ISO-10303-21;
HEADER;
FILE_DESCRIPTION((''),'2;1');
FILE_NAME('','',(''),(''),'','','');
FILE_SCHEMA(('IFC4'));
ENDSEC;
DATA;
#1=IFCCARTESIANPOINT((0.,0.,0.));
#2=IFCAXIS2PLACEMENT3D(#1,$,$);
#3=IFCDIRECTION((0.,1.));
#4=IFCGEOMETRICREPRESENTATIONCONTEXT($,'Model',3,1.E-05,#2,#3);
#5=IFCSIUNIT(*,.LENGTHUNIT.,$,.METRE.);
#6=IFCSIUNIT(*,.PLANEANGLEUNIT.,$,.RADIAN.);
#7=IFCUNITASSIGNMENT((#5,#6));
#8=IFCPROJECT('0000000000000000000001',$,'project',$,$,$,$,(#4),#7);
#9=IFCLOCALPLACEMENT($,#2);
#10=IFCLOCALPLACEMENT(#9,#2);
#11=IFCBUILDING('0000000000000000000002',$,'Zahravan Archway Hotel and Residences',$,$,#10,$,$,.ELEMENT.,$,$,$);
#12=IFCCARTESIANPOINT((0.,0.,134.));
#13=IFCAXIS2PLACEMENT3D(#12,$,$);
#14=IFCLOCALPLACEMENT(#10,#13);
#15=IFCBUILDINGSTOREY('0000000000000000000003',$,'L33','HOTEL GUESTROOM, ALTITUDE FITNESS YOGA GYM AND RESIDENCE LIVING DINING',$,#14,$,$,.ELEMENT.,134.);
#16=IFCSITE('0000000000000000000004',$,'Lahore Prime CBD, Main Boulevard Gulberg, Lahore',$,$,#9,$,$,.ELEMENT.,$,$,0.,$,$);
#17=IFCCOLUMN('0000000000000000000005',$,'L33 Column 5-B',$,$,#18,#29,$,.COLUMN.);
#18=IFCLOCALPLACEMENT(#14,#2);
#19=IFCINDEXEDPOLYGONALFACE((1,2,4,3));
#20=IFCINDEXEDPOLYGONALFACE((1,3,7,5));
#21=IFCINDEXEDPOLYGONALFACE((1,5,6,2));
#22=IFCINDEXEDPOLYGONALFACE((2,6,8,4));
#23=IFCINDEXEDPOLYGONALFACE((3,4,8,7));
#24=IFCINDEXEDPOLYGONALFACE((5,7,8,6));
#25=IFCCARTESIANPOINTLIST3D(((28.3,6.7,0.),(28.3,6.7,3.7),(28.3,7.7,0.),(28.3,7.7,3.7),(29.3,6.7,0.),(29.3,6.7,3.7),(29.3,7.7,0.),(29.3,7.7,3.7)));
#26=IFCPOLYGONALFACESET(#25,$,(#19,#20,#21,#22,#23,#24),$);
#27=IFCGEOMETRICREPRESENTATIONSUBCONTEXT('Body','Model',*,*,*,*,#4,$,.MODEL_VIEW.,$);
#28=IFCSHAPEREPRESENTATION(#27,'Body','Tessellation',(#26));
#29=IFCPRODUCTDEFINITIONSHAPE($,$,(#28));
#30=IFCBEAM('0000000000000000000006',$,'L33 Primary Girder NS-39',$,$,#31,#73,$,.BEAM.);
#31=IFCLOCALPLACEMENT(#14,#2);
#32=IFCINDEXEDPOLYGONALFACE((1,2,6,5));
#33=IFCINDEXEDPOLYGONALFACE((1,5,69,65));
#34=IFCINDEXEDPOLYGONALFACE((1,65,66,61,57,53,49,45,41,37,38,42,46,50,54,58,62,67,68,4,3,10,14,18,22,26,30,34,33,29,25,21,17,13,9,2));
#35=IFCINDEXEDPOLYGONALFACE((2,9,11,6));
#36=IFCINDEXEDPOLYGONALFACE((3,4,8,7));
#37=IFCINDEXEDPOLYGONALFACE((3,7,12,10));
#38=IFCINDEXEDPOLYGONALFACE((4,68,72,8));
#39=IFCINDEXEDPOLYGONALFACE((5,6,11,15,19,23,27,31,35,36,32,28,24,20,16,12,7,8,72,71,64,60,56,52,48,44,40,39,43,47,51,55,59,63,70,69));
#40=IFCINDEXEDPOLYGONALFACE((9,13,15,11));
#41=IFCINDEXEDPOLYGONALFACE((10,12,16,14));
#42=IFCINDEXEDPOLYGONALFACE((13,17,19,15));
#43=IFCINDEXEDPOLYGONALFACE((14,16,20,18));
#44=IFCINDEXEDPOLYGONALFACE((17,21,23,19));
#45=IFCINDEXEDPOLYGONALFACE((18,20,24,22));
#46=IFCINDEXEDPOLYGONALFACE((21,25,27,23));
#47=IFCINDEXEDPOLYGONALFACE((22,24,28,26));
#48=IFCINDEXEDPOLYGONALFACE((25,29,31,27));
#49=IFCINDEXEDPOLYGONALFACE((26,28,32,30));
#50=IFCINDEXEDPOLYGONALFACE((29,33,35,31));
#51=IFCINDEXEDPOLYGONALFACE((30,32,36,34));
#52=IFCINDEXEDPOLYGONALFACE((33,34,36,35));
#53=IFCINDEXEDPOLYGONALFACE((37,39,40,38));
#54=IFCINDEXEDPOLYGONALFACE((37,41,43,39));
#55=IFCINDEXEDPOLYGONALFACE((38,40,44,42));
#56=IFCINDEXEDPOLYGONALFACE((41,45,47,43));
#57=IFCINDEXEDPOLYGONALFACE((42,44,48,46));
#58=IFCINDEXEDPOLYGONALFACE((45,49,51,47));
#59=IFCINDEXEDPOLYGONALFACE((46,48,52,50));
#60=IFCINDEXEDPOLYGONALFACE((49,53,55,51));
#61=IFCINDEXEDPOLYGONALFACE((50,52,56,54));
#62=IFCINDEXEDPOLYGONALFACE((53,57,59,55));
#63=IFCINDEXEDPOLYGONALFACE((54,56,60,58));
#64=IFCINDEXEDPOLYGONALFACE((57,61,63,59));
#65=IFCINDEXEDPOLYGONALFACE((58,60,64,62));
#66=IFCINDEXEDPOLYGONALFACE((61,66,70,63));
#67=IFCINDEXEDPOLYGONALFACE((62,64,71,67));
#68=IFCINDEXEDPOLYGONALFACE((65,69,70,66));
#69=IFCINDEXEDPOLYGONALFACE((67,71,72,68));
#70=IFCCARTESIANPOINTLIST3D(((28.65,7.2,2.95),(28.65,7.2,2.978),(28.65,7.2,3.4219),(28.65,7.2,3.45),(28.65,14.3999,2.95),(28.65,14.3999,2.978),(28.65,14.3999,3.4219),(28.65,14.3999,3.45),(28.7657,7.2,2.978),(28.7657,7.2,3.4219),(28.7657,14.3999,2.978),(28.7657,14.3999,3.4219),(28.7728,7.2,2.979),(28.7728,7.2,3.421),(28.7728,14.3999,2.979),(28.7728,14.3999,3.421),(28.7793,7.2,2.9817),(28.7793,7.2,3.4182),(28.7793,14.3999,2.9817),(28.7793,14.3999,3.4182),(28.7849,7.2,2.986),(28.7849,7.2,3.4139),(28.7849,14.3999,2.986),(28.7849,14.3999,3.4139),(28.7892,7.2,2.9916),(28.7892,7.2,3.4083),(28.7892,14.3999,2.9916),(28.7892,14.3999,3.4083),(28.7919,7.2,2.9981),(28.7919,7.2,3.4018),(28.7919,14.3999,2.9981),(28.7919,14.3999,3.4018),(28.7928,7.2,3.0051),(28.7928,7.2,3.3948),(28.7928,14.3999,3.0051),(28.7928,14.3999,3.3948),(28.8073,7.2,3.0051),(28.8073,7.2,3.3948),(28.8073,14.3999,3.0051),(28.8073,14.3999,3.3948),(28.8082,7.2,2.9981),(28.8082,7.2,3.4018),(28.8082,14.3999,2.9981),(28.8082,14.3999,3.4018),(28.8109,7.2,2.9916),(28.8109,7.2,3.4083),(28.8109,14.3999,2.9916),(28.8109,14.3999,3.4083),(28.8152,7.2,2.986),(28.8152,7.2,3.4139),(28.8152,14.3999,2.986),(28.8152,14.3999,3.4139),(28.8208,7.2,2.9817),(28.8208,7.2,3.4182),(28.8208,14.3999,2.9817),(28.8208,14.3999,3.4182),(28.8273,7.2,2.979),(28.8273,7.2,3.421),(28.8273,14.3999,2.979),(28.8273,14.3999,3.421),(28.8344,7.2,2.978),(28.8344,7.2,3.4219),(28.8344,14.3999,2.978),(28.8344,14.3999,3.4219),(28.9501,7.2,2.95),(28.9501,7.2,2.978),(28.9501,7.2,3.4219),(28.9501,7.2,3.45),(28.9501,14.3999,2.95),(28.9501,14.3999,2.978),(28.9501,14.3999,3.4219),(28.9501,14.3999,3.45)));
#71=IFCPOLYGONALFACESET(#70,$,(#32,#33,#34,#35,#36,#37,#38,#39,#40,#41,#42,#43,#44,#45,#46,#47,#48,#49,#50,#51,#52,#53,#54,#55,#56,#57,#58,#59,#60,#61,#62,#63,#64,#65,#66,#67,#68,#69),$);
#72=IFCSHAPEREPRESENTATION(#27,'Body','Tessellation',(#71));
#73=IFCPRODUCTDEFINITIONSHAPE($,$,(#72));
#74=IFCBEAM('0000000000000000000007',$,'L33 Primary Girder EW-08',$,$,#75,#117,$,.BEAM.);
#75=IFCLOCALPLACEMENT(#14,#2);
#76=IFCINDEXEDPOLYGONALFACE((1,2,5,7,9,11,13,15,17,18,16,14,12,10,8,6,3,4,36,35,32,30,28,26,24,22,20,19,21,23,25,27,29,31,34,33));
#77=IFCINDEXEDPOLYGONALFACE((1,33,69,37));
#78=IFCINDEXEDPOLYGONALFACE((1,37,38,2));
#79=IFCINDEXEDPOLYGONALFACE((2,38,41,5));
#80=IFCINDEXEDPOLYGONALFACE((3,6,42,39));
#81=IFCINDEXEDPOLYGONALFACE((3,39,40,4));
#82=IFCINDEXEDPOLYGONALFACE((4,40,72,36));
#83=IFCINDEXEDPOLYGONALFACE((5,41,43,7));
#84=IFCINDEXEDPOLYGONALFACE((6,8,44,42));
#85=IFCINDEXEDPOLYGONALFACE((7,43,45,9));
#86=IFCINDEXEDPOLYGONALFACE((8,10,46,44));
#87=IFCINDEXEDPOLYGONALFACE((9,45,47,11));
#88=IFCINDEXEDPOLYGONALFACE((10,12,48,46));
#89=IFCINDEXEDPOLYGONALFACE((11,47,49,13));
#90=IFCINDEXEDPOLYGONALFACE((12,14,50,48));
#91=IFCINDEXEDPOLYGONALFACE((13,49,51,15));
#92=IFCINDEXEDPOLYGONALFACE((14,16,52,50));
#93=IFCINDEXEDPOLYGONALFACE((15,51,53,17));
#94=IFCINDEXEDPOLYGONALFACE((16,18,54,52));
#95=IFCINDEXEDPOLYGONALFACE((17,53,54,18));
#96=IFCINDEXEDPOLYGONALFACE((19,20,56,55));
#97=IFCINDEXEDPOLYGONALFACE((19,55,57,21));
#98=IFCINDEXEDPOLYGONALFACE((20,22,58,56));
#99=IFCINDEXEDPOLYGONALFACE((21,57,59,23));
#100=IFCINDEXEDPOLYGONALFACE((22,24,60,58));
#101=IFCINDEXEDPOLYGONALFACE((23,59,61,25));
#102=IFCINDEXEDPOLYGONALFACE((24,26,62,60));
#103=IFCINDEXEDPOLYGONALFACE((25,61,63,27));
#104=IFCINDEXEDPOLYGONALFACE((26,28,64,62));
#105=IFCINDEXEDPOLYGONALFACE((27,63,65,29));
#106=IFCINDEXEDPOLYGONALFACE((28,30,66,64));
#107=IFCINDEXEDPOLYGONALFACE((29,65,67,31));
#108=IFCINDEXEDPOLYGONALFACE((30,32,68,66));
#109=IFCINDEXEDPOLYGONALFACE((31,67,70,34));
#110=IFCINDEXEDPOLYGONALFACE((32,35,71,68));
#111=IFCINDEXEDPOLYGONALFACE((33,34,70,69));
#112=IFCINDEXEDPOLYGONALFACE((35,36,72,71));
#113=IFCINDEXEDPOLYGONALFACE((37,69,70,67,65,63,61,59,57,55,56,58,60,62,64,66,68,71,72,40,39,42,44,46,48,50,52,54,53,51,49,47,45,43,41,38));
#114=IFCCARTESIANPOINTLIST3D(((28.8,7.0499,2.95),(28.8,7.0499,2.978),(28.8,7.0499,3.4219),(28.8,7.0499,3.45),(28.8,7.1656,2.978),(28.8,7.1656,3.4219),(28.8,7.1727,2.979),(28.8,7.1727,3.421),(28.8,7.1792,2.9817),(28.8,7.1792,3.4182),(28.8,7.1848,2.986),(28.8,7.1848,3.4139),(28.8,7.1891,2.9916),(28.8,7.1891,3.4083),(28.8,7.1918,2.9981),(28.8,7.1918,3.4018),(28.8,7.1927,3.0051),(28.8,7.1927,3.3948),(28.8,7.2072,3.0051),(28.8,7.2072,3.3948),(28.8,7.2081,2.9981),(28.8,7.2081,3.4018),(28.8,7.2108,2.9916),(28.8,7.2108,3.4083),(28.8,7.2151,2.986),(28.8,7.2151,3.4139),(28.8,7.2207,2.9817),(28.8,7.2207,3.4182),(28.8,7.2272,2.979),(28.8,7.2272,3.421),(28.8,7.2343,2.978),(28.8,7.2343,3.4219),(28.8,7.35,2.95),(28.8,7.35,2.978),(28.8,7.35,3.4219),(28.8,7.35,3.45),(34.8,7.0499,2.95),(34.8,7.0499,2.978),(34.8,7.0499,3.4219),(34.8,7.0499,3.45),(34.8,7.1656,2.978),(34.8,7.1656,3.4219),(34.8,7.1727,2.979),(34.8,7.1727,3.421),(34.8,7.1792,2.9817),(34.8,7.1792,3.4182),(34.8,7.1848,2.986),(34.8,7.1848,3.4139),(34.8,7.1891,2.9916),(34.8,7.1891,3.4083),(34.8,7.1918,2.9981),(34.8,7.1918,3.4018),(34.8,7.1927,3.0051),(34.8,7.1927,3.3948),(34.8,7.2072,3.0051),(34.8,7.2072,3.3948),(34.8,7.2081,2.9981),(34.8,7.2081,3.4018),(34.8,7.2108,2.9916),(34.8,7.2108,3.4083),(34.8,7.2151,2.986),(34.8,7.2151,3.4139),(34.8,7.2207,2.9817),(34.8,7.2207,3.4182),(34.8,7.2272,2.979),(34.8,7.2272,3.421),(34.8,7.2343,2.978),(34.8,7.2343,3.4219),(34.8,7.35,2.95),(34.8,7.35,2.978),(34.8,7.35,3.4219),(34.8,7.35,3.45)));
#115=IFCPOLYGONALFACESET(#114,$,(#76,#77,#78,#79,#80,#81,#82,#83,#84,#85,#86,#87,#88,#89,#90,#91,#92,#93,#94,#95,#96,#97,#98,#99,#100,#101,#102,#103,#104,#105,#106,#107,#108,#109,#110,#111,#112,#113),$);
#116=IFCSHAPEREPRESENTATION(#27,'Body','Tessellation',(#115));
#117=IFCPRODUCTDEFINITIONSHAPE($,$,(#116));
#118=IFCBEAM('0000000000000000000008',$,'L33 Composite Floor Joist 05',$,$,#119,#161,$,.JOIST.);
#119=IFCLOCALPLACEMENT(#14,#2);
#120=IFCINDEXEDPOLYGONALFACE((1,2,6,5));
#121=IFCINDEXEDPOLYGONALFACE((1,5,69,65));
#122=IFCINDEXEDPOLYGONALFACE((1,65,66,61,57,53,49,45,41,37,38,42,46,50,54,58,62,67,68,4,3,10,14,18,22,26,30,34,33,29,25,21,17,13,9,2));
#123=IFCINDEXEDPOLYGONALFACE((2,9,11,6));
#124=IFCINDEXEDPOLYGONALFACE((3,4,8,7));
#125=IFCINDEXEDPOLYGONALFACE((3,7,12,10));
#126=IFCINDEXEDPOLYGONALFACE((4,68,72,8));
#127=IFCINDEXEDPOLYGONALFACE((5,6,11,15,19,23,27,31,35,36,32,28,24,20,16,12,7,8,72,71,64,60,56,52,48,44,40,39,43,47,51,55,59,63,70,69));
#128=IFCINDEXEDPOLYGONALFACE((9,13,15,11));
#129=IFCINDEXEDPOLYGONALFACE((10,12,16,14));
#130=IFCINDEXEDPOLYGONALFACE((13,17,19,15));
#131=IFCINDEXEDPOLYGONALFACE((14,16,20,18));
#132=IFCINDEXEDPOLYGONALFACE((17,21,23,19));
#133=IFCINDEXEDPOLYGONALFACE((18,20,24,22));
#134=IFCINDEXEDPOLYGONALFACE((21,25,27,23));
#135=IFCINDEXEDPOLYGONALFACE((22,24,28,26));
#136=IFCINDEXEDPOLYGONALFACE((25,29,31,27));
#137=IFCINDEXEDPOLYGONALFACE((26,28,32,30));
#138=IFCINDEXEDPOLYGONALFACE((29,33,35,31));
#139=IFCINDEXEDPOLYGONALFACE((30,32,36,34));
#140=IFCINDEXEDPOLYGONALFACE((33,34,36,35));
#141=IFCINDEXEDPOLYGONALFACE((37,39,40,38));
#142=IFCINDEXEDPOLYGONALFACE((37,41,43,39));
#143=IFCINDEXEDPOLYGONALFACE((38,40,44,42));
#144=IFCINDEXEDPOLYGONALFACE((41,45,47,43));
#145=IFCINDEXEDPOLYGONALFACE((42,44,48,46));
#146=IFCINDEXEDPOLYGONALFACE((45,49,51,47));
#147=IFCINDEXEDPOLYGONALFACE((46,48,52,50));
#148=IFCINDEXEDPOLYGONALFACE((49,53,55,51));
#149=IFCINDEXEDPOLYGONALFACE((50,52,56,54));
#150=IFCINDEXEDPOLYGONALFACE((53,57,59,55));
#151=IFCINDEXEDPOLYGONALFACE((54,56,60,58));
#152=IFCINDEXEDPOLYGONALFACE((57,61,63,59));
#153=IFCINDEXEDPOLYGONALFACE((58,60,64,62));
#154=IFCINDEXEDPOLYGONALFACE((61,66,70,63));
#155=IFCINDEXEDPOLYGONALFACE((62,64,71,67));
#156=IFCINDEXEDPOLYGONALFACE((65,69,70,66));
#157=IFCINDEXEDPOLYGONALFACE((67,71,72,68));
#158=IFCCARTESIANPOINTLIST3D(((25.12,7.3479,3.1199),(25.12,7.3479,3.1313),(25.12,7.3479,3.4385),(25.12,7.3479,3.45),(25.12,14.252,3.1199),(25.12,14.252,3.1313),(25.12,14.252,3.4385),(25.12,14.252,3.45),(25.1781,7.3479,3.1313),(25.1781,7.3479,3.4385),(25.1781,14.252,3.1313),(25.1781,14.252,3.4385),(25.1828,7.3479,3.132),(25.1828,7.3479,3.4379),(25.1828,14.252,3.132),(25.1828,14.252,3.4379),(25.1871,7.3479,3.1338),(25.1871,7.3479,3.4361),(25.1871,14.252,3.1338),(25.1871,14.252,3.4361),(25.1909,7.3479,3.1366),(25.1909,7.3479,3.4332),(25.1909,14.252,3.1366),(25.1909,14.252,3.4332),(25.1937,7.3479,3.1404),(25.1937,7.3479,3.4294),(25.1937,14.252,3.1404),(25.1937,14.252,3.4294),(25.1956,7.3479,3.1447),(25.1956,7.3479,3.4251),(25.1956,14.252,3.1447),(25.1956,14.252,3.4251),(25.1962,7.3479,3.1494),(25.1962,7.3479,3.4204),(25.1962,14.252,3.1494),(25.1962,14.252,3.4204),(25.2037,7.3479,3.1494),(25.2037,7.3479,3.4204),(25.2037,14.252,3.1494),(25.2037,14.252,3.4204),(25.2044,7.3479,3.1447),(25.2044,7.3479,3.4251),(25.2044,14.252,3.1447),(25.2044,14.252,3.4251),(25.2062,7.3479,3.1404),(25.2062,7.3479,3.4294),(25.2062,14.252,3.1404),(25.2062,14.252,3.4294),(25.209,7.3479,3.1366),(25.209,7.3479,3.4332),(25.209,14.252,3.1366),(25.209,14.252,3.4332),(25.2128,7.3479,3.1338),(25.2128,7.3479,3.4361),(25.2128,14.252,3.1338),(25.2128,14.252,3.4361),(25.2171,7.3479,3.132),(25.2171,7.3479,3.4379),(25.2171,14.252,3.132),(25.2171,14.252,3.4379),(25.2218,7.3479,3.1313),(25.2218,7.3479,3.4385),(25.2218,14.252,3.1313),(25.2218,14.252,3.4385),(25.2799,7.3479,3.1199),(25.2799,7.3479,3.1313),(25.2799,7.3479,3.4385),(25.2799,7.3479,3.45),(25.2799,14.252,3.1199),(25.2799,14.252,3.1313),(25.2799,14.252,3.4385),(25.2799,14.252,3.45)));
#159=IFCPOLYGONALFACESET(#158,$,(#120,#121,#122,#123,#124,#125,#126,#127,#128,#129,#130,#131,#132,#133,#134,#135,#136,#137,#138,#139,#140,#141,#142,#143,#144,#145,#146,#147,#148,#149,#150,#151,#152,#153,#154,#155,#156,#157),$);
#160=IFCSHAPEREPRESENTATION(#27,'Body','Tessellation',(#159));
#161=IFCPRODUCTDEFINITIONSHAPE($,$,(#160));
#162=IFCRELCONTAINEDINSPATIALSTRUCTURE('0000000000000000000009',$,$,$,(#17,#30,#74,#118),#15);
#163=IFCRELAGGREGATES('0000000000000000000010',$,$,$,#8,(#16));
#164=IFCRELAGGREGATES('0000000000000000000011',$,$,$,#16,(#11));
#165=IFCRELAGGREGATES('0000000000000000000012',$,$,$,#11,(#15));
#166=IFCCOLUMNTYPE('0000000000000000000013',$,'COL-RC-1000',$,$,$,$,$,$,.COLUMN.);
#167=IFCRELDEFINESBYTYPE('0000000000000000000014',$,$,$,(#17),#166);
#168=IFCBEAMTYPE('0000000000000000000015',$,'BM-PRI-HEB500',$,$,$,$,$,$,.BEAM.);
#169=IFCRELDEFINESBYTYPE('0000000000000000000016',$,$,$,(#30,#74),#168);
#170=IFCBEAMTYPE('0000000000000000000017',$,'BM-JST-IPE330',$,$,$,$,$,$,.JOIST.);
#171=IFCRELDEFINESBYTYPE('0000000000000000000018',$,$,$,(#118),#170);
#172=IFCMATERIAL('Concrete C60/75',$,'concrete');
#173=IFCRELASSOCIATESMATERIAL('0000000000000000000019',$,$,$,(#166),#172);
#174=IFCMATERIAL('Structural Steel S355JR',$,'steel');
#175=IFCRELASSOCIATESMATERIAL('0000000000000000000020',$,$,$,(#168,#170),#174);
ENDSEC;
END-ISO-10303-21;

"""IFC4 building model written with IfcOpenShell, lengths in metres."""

from ifc_helpers import new_model, si_unit, direction, frame, origin, origin_2d, place, context, subcontext, project, spatial, rectangle, i_section, extrude, source, transform, mapped, material, material_profile, profile_set, type_object, type_shapes, element, save


model = new_model("IFC4")

# Units and contexts
model_context = context("Model", 3, precision=1e-05, world=origin(), true_north=direction((0.0, 1.0)))
body_context = subcontext(model_context, "Body", "Model", "MODEL_VIEW")
ifc_project = project(units=[si_unit("LENGTHUNIT", "METRE"), si_unit("PLANEANGLEUNIT", "RADIAN")], contexts=[model_context])

# Site, building, storey
site_placement = place(None, origin())
site = spatial("IfcSite", under=ifc_project, at=site_placement, Name="Lahore Prime CBD, Main Boulevard Gulberg, Lahore", CompositionType="ELEMENT", RefElevation=0.0)
building_placement = place(site_placement, origin())
building = spatial("IfcBuilding", under=site, at=building_placement, Name="Zahravan Archway Hotel and Residences", CompositionType="ELEMENT")
storey_placement = place(building_placement, frame((0.0, 0.0, 134.0)))
storey = spatial("IfcBuildingStorey", under=building, at=storey_placement, Name="L33", Description="HOTEL GUESTROOM, ALTITUDE FITNESS YOGA GYM AND RESIDENCE LIVING DINING", CompositionType="ELEMENT", Elevation=134.0)

# Column
ifc_material_1 = material(Name="Concrete C60/75", Category="concrete")
ifc_material_profile_1 = material_profile(ifc_material_1, rectangle(XDim=1.0, YDim=1.0, at=origin_2d()), Name="RC-COL-1000x1000", Category="concrete")
ifc_profile_set_1 = profile_set([ifc_material_profile_1], Name="Concrete C60/75")
column_type = type_object("IfcColumnType", Name="COL-RC-1000", PredefinedType="COLUMN", material=ifc_profile_set_1)
shared_shape_1 = source(origin(), body_context, "Body", "SweptSolid", [
    extrude(rectangle(XDim=1.0, YDim=1.0, at=origin_2d()), origin(), (0.0, 0.0, 1.0), 3.7),
])
type_shapes(column_type, [shared_shape_1])
column_placement = place(storey_placement, frame((28.8, 7.2, 0.0), z_axis=(0.0, 0.0, 1.0), x_axis=(1.0, 0.0, 0.0)))
element("IfcColumn", 1, at=column_placement, inside=storey, type_object=column_type, Name="L33 Column 5-B", PredefinedType="COLUMN", context=body_context, shape_type="MappedRepresentation", body=[
    mapped(shared_shape_1, transform((0.0, 0.0, 0.0), scale=1.0)),
])

# Beams
ifc_material_2 = material(Name="Structural Steel S355JR", Category="steel")
ifc_material_profile_2 = material_profile(ifc_material_2, i_section(OverallWidth=0.3, OverallDepth=0.5, WebThickness=0.0144, FlangeThickness=0.0281, FilletRadius=0.0271, at=origin_2d()), Name="HEB 500", Category="steel")
ifc_profile_set_2 = profile_set([ifc_material_profile_2], Name="Structural Steel S355JR")
beam_type_1 = type_object("IfcBeamType", Name="BM-PRI-HEB500", PredefinedType="BEAM", material=ifc_profile_set_2)
shared_shape_2 = source(origin(), body_context, "Body", "SweptSolid", [
    extrude(i_section(OverallWidth=0.3, OverallDepth=0.5, WebThickness=0.0144, FlangeThickness=0.0281, FilletRadius=0.0271, at=origin_2d()), origin(), (0.0, 0.0, 1.0), 7.2),
])
beam_1_placement = place(storey_placement, frame((28.8, 7.2, 3.2), z_axis=(0.0, 1.0, 0.0), x_axis=(-1.0, 0.0, 0.0)))
element("IfcBeam", 2, at=beam_1_placement, inside=storey, type_object=beam_type_1, Name="L33 Primary Girder NS-39", PredefinedType="BEAM", context=body_context, shape_type="MappedRepresentation", body=[
    mapped(shared_shape_2, transform((0.0, 0.0, 0.0), scale=1.0)),
])
shared_shape_3 = source(origin(), body_context, "Body", "SweptSolid", [
    extrude(i_section(OverallWidth=0.3, OverallDepth=0.5, WebThickness=0.0144, FlangeThickness=0.0281, FilletRadius=0.0271, at=origin_2d()), origin(), (0.0, 0.0, 1.0), 6.0),
])
beam_2_placement = place(storey_placement, frame((28.8, 7.2, 3.2), z_axis=(1.0, 0.0, 0.0), x_axis=(0.0, 1.0, 0.0)))
element("IfcBeam", 3, at=beam_2_placement, inside=storey, type_object=beam_type_1, Name="L33 Primary Girder EW-08", PredefinedType="BEAM", context=body_context, shape_type="MappedRepresentation", body=[
    mapped(shared_shape_3, transform((0.0, 0.0, 0.0), scale=1.0)),
])
ifc_material_profile_3 = material_profile(ifc_material_2, i_section(OverallWidth=0.1599, OverallDepth=0.3301, WebThickness=0.0076, FlangeThickness=0.0115, FilletRadius=0.0181, at=origin_2d()), Name="IPE 330", Category="steel")
ifc_profile_set_3 = profile_set([ifc_material_profile_3], Name="Structural Steel S355JR")
beam_type_2 = type_object("IfcBeamType", Name="BM-JST-IPE330", PredefinedType="JOIST", material=ifc_profile_set_3)
shared_shape_4 = source(origin(), body_context, "Body", "SweptSolid", [
    extrude(i_section(OverallWidth=0.1599, OverallDepth=0.3301, WebThickness=0.0076, FlangeThickness=0.0115, FilletRadius=0.0181, at=origin_2d()), origin(), (0.0, 0.0, 1.0), 6.9041),
])
type_shapes(beam_type_2, [shared_shape_4])
beam_3_placement = place(storey_placement, frame((25.2, 7.3479, 3.2849), z_axis=(0.0, 1.0, 0.0), x_axis=(-1.0, 0.0, 0.0)))
element("IfcBeam", 4, at=beam_3_placement, inside=storey, type_object=beam_type_2, Name="L33 Composite Floor Joist 05", PredefinedType="JOIST", context=body_context, shape_type="MappedRepresentation", body=[
    mapped(shared_shape_4, transform((0.0, 0.0, 0.0), scale=1.0)),
])

save(model, "model.ifc")
